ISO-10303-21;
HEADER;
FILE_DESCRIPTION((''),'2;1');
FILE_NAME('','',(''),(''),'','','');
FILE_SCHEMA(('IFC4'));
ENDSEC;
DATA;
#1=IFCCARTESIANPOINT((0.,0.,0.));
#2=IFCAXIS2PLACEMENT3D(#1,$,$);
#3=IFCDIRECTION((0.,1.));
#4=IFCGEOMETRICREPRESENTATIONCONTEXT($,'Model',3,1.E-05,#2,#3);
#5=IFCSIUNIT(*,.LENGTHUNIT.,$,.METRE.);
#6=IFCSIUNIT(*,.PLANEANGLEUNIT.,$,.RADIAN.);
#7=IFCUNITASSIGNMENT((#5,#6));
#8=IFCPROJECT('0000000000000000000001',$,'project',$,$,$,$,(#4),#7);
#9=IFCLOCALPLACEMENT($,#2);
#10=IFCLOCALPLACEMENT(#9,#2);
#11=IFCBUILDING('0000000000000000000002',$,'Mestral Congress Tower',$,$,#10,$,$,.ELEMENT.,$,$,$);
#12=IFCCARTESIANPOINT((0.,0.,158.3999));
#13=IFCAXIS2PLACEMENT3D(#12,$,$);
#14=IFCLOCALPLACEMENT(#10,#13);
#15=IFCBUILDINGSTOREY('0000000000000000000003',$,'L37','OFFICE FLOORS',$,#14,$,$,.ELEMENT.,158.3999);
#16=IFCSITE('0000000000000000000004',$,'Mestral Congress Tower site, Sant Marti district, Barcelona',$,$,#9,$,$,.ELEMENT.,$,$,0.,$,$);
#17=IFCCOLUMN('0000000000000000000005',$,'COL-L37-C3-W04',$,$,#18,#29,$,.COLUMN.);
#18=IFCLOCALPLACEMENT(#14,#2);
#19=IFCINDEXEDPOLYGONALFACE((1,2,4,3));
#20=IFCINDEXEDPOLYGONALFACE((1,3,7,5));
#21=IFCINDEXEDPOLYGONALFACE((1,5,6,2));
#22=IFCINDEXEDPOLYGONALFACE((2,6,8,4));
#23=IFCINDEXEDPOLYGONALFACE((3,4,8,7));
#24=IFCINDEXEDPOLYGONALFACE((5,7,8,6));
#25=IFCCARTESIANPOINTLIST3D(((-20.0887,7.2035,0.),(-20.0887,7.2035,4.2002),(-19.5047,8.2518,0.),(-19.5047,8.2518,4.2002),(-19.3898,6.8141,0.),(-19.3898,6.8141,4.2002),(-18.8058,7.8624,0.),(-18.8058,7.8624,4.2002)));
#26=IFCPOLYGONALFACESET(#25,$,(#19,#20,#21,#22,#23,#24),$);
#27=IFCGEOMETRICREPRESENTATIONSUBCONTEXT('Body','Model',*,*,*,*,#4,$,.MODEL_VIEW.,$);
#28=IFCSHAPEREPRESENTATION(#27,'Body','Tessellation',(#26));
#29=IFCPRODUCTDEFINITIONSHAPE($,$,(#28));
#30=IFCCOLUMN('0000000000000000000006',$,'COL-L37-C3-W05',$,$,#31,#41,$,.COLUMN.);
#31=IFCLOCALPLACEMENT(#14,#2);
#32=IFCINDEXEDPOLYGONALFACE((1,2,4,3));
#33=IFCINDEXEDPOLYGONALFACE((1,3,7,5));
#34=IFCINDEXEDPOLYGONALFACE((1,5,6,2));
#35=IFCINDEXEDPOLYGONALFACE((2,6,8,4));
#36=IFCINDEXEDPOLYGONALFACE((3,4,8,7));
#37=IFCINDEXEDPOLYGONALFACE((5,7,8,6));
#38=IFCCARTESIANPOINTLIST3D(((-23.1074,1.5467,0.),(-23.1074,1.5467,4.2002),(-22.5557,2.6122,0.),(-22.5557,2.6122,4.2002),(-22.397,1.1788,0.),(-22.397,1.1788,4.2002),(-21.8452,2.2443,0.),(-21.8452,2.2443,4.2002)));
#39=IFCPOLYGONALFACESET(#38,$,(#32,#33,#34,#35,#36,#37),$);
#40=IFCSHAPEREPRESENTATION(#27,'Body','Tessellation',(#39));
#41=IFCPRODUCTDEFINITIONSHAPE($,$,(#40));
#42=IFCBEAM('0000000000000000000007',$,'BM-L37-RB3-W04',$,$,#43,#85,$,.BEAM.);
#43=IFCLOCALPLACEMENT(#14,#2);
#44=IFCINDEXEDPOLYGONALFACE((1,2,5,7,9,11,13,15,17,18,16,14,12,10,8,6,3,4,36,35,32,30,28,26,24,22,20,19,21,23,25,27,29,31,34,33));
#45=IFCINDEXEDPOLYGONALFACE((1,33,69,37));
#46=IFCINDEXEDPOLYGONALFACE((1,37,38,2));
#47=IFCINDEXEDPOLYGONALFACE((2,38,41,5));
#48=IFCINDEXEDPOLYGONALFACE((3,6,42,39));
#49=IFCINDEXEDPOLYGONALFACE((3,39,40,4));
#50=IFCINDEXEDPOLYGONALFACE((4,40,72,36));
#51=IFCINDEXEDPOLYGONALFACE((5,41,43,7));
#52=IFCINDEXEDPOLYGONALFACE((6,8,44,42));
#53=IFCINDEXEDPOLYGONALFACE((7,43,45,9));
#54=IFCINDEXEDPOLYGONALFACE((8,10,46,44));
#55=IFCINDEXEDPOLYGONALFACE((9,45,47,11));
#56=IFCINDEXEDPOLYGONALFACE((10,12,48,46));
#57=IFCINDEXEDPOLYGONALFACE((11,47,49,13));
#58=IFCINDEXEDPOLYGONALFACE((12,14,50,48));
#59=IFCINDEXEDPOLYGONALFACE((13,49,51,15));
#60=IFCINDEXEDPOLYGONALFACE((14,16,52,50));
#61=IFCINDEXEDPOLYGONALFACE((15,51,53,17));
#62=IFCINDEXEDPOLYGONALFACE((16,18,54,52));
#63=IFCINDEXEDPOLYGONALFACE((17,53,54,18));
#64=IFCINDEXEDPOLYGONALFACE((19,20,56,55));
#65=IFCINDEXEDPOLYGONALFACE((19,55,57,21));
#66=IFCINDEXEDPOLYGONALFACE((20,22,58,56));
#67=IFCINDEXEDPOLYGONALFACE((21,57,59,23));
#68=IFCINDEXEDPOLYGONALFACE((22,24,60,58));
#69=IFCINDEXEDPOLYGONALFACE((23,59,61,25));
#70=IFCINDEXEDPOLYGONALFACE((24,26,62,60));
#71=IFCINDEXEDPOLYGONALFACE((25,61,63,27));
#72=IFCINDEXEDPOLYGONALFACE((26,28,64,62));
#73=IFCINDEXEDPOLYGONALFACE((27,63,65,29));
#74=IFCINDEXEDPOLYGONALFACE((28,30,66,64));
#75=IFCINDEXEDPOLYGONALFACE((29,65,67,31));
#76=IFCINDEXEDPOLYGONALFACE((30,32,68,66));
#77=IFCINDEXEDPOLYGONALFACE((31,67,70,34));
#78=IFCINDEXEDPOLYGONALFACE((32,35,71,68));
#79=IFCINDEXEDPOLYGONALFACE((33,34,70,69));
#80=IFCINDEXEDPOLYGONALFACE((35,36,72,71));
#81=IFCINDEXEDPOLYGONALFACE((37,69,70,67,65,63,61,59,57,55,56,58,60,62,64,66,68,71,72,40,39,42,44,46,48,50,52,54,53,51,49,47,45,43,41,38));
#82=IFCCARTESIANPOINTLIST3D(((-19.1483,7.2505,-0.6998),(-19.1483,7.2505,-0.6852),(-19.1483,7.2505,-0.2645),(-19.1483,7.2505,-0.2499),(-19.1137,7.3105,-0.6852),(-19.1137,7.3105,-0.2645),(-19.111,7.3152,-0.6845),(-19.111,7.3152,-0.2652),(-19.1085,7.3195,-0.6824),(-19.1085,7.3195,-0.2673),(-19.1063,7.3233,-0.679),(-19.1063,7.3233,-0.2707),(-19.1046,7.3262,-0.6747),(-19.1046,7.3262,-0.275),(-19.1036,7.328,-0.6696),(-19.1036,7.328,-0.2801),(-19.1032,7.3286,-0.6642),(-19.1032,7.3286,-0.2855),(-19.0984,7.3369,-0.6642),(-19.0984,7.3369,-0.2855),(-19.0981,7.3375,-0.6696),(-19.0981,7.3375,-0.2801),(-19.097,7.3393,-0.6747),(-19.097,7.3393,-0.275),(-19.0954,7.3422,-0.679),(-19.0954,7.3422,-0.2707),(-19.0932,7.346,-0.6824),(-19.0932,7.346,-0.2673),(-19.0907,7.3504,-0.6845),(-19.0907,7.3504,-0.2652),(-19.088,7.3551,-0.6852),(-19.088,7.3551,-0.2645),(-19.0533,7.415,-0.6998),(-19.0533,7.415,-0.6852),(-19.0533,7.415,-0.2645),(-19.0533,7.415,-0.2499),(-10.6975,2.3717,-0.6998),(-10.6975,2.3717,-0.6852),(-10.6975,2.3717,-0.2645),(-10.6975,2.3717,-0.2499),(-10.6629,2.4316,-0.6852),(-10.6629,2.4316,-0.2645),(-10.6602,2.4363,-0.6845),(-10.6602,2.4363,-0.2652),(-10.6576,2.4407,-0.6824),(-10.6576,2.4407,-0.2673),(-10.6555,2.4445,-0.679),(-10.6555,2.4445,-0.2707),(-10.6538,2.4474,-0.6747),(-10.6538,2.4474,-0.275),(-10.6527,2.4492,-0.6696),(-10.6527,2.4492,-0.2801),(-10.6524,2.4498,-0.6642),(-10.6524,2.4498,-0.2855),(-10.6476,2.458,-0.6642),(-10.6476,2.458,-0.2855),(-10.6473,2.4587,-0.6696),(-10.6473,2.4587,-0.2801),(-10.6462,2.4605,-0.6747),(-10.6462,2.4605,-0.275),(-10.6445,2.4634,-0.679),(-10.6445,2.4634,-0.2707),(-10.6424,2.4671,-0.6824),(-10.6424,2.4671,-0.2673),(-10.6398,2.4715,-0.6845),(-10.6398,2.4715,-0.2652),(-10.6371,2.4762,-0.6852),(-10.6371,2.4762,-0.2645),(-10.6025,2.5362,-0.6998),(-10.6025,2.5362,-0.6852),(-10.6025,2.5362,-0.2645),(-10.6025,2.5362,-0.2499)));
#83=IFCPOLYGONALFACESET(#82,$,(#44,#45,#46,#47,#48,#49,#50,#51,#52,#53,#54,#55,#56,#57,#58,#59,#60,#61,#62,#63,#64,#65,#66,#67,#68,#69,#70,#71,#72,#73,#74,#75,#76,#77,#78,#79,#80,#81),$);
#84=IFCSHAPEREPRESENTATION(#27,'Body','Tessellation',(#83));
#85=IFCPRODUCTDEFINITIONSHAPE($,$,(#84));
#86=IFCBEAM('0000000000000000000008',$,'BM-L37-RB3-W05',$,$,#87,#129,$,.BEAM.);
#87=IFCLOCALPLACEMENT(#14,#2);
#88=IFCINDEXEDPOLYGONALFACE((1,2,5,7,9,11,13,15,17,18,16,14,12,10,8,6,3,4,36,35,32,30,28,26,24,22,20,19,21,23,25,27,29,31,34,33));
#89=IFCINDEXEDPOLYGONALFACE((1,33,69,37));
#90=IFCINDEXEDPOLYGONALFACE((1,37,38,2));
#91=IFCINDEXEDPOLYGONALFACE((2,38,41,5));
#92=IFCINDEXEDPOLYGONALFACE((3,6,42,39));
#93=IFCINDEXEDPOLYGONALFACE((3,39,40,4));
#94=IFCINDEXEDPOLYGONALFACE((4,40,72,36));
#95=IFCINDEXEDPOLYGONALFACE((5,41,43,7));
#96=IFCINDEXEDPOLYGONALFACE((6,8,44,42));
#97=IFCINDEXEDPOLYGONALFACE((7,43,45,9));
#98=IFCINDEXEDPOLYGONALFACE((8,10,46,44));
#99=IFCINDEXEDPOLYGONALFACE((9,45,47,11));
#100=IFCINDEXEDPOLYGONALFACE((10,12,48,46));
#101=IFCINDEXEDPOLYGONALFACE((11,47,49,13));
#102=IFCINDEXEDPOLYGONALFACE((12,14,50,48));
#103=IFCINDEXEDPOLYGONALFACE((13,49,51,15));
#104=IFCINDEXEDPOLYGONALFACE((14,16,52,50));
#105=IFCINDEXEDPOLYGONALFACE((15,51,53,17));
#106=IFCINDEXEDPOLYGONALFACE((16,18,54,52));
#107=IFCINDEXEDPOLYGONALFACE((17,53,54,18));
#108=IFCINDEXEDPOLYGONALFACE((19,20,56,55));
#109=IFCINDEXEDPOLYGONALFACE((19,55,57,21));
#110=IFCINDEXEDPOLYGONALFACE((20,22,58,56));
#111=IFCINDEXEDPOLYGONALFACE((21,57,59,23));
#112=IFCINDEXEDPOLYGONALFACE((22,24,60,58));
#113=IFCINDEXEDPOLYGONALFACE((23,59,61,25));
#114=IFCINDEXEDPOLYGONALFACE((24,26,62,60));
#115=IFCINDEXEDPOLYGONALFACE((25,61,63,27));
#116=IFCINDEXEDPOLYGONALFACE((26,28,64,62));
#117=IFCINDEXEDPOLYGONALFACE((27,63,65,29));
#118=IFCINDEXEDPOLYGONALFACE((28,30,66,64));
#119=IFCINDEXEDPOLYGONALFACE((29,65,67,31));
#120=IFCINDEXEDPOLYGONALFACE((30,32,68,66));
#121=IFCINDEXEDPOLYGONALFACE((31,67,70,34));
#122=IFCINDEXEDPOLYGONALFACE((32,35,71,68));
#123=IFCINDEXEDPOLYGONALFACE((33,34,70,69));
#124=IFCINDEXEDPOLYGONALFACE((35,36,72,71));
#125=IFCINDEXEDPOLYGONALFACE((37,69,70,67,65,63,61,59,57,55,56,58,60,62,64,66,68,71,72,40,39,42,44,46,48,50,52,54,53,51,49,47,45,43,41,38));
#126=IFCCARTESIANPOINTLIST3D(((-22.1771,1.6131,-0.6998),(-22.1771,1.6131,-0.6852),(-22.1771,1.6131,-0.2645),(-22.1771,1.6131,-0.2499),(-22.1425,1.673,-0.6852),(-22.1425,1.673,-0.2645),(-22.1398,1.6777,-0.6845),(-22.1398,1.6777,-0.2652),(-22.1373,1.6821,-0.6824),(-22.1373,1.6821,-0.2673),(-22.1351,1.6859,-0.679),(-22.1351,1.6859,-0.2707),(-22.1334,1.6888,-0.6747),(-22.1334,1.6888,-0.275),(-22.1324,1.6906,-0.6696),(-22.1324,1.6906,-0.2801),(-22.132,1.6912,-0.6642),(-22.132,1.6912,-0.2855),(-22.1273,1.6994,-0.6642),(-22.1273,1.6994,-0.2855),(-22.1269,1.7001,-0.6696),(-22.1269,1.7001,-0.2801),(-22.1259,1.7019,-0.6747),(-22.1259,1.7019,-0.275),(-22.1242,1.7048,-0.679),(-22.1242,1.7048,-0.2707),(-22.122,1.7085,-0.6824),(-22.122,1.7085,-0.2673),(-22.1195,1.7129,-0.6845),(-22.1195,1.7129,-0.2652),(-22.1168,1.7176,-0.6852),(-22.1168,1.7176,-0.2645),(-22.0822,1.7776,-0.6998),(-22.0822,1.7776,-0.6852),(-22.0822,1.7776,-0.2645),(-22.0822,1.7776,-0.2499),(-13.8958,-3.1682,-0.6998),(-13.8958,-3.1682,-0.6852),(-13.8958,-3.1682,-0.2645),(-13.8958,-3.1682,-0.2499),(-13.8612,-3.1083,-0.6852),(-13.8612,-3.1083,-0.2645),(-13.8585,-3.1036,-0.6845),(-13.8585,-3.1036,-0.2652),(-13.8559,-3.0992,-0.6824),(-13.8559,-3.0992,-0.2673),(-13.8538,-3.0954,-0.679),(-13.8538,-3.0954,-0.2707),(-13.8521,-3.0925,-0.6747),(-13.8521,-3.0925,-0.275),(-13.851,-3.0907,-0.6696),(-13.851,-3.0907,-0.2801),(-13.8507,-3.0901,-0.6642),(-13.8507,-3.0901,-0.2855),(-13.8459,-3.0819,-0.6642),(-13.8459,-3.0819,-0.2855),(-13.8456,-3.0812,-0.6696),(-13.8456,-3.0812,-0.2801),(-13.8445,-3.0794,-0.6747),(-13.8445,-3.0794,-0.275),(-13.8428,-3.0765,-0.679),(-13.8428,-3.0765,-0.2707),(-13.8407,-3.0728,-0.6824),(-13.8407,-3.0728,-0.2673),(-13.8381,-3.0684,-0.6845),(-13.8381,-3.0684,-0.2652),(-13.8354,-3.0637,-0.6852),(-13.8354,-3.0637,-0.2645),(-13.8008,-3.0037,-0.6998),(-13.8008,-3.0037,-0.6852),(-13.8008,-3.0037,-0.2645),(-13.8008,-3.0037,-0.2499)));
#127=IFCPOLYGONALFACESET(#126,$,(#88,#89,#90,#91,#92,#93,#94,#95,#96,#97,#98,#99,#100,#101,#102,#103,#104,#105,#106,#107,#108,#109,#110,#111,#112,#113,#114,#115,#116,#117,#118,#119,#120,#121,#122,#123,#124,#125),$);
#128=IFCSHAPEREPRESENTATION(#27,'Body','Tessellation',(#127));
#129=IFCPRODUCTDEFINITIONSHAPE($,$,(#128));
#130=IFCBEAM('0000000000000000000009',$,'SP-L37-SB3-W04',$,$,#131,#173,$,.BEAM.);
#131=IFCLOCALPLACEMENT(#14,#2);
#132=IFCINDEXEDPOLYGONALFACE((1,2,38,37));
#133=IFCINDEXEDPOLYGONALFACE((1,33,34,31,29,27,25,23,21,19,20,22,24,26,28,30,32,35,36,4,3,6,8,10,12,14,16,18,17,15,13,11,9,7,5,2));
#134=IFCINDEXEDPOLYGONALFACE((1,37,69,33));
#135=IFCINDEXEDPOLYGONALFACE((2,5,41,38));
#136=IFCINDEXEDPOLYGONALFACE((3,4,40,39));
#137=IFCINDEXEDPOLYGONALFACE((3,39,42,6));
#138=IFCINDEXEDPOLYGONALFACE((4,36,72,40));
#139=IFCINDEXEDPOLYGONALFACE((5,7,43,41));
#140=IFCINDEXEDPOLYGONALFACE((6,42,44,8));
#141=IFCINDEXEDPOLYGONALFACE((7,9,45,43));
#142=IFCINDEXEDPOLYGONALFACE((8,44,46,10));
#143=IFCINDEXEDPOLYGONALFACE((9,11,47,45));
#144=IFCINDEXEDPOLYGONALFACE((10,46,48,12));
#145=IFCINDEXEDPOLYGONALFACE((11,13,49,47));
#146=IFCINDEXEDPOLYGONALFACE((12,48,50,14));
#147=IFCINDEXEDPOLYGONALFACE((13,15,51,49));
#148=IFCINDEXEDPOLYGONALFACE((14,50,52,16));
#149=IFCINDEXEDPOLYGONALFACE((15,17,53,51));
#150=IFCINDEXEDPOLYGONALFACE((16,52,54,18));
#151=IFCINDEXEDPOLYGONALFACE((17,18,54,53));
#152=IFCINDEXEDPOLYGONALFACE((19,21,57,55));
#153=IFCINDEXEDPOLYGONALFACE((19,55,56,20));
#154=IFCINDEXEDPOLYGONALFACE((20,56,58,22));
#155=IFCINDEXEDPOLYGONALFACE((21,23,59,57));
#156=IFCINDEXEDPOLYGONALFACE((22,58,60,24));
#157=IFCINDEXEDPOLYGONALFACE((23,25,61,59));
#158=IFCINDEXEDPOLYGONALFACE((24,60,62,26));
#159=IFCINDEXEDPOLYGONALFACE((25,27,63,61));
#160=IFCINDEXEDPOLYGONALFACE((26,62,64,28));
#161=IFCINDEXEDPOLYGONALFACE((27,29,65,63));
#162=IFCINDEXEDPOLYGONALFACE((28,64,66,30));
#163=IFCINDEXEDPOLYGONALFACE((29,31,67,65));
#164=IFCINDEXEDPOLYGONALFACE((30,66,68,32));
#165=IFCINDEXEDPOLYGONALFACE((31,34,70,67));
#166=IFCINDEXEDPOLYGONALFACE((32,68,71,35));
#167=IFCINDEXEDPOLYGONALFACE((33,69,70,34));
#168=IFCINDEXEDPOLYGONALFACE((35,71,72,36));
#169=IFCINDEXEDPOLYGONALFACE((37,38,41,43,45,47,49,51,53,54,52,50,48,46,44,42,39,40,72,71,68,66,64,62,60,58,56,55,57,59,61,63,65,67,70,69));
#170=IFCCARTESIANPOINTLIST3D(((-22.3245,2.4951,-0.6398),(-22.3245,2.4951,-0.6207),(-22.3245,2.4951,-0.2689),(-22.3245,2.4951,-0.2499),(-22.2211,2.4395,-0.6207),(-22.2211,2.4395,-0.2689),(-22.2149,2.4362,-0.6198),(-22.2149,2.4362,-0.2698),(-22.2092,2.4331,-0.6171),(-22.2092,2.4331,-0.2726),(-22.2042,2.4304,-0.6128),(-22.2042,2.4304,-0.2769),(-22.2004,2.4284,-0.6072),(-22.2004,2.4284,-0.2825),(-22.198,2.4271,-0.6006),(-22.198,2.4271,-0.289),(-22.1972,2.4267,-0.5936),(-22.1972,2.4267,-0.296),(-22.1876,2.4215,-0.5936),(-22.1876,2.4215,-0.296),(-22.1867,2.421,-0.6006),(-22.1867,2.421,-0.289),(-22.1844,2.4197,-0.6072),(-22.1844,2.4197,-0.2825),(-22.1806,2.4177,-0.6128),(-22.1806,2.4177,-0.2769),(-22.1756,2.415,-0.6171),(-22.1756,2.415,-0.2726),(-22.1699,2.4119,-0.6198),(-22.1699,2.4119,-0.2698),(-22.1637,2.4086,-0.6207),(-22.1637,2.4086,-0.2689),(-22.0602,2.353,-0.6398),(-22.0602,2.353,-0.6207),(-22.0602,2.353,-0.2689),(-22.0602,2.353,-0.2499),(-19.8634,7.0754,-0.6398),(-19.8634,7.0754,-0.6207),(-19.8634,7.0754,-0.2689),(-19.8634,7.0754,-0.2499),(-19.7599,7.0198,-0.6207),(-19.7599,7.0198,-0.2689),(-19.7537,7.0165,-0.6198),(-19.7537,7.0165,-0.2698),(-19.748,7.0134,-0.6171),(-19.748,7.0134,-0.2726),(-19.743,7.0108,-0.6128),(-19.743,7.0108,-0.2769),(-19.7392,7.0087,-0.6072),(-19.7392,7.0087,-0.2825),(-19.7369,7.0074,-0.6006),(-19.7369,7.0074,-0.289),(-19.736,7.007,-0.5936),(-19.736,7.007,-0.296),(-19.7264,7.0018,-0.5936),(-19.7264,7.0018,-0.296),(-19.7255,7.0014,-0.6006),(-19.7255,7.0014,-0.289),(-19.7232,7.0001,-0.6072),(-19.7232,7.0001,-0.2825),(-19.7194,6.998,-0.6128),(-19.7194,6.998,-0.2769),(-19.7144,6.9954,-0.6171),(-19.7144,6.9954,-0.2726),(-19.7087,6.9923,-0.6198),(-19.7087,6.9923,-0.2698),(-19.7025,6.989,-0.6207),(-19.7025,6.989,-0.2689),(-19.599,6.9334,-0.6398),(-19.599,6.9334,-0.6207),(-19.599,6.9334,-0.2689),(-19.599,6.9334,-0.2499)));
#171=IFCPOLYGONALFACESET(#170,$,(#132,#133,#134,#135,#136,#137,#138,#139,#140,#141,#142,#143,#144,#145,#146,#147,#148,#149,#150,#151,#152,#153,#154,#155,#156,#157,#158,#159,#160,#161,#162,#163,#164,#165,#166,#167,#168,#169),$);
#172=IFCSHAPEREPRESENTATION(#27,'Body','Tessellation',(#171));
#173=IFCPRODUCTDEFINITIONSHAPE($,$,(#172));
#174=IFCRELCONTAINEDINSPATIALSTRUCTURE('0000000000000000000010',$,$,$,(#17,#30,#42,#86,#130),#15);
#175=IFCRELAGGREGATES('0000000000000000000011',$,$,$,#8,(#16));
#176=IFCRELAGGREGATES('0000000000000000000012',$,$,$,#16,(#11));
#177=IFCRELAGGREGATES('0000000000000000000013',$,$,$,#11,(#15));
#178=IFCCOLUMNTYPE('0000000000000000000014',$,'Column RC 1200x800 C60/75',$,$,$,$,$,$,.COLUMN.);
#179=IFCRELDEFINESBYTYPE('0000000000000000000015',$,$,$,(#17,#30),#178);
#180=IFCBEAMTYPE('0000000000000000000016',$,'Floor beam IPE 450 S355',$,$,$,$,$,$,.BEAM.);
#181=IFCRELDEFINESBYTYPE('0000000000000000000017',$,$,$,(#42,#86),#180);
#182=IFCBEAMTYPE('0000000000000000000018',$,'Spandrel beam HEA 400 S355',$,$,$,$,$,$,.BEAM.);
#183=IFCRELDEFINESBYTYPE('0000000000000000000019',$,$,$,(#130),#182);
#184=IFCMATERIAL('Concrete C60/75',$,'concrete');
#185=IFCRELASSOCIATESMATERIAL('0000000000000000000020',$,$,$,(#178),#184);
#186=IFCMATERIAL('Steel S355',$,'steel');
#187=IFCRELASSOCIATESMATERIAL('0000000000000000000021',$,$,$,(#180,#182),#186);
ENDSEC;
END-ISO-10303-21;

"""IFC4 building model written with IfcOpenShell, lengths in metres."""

from ifc_helpers import new_model, si_unit, direction, frame, origin, origin_2d, place, context, subcontext, project, spatial, rectangle, i_section, extrude, material, material_profile, profile_set, type_object, element, save


model = new_model("IFC4")

# Units and contexts
model_context = context("Model", 3, precision=1e-05, world=origin(), true_north=direction((0.0, 1.0)))
body_context = subcontext(model_context, "Body", "Model", "MODEL_VIEW")
ifc_project = project(units=[si_unit("LENGTHUNIT", "METRE"), si_unit("PLANEANGLEUNIT", "RADIAN")], contexts=[model_context])

# Site, building, storey
site_placement = place(None, origin())
site = spatial("IfcSite", under=ifc_project, at=site_placement, Name="Mestral Congress Tower site, Sant Marti district, Barcelona", CompositionType="ELEMENT", RefElevation=0.0)
building_placement = place(site_placement, origin())
building = spatial("IfcBuilding", under=site, at=building_placement, Name="Mestral Congress Tower", CompositionType="ELEMENT")
storey_placement = place(building_placement, frame((0.0, 0.0, 158.3999)))
storey = spatial("IfcBuildingStorey", under=building, at=storey_placement, Name="L37", Description="OFFICE FLOORS", CompositionType="ELEMENT", Elevation=158.3999)

# Columns
ifc_material_1 = material(Name="Concrete C60/75", Category="concrete")
ifc_material_profile_1 = material_profile(ifc_material_1, rectangle(XDim=1.2, YDim=0.8, at=origin_2d()), Name="RC 1200x800")
ifc_profile_set_1 = profile_set([ifc_material_profile_1], Name="Concrete C60/75")
column_type = type_object("IfcColumnType", Name="Column RC 1200x800 C60/75", PredefinedType="COLUMN", material=ifc_profile_set_1)
for number, where, z_axis, x_axis, name in (
    (1, (-19.4473, 7.533, 0.0), (0.0, 0.0, 1.0), (-0.486724, -0.873556, 0.0), "COL-L37-C3-W04"),
    (2, (-22.4763, 1.8955, 0.0), (0.0, 0.0, 1.0), (-0.459837, -0.888003, 0.0), "COL-L37-C3-W05"),
):
    element("IfcColumn", number, at=place(storey_placement, frame(where, z_axis=z_axis, x_axis=x_axis)), inside=storey, type_object=column_type, Name=name, PredefinedType="COLUMN", context=body_context, shape_type="SweptSolid", body=[
        extrude(rectangle(XDim=1.2, YDim=0.8, at=origin_2d()), origin(), (0.0, 0.0, 1.0), 4.2002),
    ])

# Beams
ifc_material_2 = material(Name="Steel S355", Category="steel")
ifc_material_profile_2 = material_profile(ifc_material_2, i_section(OverallWidth=0.1899, OverallDepth=0.45, WebThickness=0.0095, FlangeThickness=0.0146, FilletRadius=0.021, at=origin_2d()), Name="IPE 450")
ifc_profile_set_2 = profile_set([ifc_material_profile_2], Name="Steel S355")
beam_type_1 = type_object("IfcBeamType", Name="Floor beam IPE 450 S355", PredefinedType="BEAM", material=ifc_profile_set_2)
beam_1_placement = place(storey_placement, frame((-19.1008, 7.3328, -0.4749), z_axis=(0.866036, -0.499982, 0.0), x_axis=(0.499982, 0.866036, 0.0)))
element("IfcBeam", 3, at=beam_1_placement, inside=storey, type_object=beam_type_1, Name="BM-L37-RB3-W04", PredefinedType="BEAM", context=body_context, shape_type="SweptSolid", body=[
    extrude(i_section(OverallWidth=0.1899, OverallDepth=0.45, WebThickness=0.0095, FlangeThickness=0.0146, FilletRadius=0.021, at=origin_2d()), origin(), (0.0, 0.0, 1.0), 9.7581),
])
beam_2_placement = place(storey_placement, frame((-22.1296, 1.6953, -0.4749), z_axis=(0.866022, -0.500005, 0.0), x_axis=(0.500005, 0.866022, 0.0)))
element("IfcBeam", 4, at=beam_2_placement, inside=storey, type_object=beam_type_1, Name="BM-L37-RB3-W05", PredefinedType="BEAM", context=body_context, shape_type="SweptSolid", body=[
    extrude(i_section(OverallWidth=0.1899, OverallDepth=0.45, WebThickness=0.0095, FlangeThickness=0.0146, FilletRadius=0.021, at=origin_2d()), origin(), (0.0, 0.0, 1.0), 9.5625),
])
ifc_material_profile_3 = material_profile(ifc_material_2, i_section(OverallWidth=0.3, OverallDepth=0.3899, WebThickness=0.011, FlangeThickness=0.019, FilletRadius=0.0271, at=origin_2d()), Name="HEA 400")
ifc_profile_set_3 = profile_set([ifc_material_profile_3], Name="Steel S355")
beam_type_2 = type_object("IfcBeamType", Name="Spandrel beam HEA 400 S355", PredefinedType="BEAM", material=ifc_profile_set_3)
beam_3_placement = place(storey_placement, frame((-19.7312, 7.0044, -0.4448), z_axis=(-0.473332, -0.880884, 0.0), x_axis=(0.880884, -0.473332, 0.0)))
element("IfcBeam", 5, at=beam_3_placement, inside=storey, type_object=beam_type_2, Name="SP-L37-SB3-W04", PredefinedType="BEAM", context=body_context, shape_type="SweptSolid", body=[
    extrude(i_section(OverallWidth=0.3, OverallDepth=0.3899, WebThickness=0.011, FlangeThickness=0.019, FilletRadius=0.0271, at=origin_2d()), origin(), (0.0, 0.0, 1.0), 5.1997),
])

save(model, "model.ifc")
